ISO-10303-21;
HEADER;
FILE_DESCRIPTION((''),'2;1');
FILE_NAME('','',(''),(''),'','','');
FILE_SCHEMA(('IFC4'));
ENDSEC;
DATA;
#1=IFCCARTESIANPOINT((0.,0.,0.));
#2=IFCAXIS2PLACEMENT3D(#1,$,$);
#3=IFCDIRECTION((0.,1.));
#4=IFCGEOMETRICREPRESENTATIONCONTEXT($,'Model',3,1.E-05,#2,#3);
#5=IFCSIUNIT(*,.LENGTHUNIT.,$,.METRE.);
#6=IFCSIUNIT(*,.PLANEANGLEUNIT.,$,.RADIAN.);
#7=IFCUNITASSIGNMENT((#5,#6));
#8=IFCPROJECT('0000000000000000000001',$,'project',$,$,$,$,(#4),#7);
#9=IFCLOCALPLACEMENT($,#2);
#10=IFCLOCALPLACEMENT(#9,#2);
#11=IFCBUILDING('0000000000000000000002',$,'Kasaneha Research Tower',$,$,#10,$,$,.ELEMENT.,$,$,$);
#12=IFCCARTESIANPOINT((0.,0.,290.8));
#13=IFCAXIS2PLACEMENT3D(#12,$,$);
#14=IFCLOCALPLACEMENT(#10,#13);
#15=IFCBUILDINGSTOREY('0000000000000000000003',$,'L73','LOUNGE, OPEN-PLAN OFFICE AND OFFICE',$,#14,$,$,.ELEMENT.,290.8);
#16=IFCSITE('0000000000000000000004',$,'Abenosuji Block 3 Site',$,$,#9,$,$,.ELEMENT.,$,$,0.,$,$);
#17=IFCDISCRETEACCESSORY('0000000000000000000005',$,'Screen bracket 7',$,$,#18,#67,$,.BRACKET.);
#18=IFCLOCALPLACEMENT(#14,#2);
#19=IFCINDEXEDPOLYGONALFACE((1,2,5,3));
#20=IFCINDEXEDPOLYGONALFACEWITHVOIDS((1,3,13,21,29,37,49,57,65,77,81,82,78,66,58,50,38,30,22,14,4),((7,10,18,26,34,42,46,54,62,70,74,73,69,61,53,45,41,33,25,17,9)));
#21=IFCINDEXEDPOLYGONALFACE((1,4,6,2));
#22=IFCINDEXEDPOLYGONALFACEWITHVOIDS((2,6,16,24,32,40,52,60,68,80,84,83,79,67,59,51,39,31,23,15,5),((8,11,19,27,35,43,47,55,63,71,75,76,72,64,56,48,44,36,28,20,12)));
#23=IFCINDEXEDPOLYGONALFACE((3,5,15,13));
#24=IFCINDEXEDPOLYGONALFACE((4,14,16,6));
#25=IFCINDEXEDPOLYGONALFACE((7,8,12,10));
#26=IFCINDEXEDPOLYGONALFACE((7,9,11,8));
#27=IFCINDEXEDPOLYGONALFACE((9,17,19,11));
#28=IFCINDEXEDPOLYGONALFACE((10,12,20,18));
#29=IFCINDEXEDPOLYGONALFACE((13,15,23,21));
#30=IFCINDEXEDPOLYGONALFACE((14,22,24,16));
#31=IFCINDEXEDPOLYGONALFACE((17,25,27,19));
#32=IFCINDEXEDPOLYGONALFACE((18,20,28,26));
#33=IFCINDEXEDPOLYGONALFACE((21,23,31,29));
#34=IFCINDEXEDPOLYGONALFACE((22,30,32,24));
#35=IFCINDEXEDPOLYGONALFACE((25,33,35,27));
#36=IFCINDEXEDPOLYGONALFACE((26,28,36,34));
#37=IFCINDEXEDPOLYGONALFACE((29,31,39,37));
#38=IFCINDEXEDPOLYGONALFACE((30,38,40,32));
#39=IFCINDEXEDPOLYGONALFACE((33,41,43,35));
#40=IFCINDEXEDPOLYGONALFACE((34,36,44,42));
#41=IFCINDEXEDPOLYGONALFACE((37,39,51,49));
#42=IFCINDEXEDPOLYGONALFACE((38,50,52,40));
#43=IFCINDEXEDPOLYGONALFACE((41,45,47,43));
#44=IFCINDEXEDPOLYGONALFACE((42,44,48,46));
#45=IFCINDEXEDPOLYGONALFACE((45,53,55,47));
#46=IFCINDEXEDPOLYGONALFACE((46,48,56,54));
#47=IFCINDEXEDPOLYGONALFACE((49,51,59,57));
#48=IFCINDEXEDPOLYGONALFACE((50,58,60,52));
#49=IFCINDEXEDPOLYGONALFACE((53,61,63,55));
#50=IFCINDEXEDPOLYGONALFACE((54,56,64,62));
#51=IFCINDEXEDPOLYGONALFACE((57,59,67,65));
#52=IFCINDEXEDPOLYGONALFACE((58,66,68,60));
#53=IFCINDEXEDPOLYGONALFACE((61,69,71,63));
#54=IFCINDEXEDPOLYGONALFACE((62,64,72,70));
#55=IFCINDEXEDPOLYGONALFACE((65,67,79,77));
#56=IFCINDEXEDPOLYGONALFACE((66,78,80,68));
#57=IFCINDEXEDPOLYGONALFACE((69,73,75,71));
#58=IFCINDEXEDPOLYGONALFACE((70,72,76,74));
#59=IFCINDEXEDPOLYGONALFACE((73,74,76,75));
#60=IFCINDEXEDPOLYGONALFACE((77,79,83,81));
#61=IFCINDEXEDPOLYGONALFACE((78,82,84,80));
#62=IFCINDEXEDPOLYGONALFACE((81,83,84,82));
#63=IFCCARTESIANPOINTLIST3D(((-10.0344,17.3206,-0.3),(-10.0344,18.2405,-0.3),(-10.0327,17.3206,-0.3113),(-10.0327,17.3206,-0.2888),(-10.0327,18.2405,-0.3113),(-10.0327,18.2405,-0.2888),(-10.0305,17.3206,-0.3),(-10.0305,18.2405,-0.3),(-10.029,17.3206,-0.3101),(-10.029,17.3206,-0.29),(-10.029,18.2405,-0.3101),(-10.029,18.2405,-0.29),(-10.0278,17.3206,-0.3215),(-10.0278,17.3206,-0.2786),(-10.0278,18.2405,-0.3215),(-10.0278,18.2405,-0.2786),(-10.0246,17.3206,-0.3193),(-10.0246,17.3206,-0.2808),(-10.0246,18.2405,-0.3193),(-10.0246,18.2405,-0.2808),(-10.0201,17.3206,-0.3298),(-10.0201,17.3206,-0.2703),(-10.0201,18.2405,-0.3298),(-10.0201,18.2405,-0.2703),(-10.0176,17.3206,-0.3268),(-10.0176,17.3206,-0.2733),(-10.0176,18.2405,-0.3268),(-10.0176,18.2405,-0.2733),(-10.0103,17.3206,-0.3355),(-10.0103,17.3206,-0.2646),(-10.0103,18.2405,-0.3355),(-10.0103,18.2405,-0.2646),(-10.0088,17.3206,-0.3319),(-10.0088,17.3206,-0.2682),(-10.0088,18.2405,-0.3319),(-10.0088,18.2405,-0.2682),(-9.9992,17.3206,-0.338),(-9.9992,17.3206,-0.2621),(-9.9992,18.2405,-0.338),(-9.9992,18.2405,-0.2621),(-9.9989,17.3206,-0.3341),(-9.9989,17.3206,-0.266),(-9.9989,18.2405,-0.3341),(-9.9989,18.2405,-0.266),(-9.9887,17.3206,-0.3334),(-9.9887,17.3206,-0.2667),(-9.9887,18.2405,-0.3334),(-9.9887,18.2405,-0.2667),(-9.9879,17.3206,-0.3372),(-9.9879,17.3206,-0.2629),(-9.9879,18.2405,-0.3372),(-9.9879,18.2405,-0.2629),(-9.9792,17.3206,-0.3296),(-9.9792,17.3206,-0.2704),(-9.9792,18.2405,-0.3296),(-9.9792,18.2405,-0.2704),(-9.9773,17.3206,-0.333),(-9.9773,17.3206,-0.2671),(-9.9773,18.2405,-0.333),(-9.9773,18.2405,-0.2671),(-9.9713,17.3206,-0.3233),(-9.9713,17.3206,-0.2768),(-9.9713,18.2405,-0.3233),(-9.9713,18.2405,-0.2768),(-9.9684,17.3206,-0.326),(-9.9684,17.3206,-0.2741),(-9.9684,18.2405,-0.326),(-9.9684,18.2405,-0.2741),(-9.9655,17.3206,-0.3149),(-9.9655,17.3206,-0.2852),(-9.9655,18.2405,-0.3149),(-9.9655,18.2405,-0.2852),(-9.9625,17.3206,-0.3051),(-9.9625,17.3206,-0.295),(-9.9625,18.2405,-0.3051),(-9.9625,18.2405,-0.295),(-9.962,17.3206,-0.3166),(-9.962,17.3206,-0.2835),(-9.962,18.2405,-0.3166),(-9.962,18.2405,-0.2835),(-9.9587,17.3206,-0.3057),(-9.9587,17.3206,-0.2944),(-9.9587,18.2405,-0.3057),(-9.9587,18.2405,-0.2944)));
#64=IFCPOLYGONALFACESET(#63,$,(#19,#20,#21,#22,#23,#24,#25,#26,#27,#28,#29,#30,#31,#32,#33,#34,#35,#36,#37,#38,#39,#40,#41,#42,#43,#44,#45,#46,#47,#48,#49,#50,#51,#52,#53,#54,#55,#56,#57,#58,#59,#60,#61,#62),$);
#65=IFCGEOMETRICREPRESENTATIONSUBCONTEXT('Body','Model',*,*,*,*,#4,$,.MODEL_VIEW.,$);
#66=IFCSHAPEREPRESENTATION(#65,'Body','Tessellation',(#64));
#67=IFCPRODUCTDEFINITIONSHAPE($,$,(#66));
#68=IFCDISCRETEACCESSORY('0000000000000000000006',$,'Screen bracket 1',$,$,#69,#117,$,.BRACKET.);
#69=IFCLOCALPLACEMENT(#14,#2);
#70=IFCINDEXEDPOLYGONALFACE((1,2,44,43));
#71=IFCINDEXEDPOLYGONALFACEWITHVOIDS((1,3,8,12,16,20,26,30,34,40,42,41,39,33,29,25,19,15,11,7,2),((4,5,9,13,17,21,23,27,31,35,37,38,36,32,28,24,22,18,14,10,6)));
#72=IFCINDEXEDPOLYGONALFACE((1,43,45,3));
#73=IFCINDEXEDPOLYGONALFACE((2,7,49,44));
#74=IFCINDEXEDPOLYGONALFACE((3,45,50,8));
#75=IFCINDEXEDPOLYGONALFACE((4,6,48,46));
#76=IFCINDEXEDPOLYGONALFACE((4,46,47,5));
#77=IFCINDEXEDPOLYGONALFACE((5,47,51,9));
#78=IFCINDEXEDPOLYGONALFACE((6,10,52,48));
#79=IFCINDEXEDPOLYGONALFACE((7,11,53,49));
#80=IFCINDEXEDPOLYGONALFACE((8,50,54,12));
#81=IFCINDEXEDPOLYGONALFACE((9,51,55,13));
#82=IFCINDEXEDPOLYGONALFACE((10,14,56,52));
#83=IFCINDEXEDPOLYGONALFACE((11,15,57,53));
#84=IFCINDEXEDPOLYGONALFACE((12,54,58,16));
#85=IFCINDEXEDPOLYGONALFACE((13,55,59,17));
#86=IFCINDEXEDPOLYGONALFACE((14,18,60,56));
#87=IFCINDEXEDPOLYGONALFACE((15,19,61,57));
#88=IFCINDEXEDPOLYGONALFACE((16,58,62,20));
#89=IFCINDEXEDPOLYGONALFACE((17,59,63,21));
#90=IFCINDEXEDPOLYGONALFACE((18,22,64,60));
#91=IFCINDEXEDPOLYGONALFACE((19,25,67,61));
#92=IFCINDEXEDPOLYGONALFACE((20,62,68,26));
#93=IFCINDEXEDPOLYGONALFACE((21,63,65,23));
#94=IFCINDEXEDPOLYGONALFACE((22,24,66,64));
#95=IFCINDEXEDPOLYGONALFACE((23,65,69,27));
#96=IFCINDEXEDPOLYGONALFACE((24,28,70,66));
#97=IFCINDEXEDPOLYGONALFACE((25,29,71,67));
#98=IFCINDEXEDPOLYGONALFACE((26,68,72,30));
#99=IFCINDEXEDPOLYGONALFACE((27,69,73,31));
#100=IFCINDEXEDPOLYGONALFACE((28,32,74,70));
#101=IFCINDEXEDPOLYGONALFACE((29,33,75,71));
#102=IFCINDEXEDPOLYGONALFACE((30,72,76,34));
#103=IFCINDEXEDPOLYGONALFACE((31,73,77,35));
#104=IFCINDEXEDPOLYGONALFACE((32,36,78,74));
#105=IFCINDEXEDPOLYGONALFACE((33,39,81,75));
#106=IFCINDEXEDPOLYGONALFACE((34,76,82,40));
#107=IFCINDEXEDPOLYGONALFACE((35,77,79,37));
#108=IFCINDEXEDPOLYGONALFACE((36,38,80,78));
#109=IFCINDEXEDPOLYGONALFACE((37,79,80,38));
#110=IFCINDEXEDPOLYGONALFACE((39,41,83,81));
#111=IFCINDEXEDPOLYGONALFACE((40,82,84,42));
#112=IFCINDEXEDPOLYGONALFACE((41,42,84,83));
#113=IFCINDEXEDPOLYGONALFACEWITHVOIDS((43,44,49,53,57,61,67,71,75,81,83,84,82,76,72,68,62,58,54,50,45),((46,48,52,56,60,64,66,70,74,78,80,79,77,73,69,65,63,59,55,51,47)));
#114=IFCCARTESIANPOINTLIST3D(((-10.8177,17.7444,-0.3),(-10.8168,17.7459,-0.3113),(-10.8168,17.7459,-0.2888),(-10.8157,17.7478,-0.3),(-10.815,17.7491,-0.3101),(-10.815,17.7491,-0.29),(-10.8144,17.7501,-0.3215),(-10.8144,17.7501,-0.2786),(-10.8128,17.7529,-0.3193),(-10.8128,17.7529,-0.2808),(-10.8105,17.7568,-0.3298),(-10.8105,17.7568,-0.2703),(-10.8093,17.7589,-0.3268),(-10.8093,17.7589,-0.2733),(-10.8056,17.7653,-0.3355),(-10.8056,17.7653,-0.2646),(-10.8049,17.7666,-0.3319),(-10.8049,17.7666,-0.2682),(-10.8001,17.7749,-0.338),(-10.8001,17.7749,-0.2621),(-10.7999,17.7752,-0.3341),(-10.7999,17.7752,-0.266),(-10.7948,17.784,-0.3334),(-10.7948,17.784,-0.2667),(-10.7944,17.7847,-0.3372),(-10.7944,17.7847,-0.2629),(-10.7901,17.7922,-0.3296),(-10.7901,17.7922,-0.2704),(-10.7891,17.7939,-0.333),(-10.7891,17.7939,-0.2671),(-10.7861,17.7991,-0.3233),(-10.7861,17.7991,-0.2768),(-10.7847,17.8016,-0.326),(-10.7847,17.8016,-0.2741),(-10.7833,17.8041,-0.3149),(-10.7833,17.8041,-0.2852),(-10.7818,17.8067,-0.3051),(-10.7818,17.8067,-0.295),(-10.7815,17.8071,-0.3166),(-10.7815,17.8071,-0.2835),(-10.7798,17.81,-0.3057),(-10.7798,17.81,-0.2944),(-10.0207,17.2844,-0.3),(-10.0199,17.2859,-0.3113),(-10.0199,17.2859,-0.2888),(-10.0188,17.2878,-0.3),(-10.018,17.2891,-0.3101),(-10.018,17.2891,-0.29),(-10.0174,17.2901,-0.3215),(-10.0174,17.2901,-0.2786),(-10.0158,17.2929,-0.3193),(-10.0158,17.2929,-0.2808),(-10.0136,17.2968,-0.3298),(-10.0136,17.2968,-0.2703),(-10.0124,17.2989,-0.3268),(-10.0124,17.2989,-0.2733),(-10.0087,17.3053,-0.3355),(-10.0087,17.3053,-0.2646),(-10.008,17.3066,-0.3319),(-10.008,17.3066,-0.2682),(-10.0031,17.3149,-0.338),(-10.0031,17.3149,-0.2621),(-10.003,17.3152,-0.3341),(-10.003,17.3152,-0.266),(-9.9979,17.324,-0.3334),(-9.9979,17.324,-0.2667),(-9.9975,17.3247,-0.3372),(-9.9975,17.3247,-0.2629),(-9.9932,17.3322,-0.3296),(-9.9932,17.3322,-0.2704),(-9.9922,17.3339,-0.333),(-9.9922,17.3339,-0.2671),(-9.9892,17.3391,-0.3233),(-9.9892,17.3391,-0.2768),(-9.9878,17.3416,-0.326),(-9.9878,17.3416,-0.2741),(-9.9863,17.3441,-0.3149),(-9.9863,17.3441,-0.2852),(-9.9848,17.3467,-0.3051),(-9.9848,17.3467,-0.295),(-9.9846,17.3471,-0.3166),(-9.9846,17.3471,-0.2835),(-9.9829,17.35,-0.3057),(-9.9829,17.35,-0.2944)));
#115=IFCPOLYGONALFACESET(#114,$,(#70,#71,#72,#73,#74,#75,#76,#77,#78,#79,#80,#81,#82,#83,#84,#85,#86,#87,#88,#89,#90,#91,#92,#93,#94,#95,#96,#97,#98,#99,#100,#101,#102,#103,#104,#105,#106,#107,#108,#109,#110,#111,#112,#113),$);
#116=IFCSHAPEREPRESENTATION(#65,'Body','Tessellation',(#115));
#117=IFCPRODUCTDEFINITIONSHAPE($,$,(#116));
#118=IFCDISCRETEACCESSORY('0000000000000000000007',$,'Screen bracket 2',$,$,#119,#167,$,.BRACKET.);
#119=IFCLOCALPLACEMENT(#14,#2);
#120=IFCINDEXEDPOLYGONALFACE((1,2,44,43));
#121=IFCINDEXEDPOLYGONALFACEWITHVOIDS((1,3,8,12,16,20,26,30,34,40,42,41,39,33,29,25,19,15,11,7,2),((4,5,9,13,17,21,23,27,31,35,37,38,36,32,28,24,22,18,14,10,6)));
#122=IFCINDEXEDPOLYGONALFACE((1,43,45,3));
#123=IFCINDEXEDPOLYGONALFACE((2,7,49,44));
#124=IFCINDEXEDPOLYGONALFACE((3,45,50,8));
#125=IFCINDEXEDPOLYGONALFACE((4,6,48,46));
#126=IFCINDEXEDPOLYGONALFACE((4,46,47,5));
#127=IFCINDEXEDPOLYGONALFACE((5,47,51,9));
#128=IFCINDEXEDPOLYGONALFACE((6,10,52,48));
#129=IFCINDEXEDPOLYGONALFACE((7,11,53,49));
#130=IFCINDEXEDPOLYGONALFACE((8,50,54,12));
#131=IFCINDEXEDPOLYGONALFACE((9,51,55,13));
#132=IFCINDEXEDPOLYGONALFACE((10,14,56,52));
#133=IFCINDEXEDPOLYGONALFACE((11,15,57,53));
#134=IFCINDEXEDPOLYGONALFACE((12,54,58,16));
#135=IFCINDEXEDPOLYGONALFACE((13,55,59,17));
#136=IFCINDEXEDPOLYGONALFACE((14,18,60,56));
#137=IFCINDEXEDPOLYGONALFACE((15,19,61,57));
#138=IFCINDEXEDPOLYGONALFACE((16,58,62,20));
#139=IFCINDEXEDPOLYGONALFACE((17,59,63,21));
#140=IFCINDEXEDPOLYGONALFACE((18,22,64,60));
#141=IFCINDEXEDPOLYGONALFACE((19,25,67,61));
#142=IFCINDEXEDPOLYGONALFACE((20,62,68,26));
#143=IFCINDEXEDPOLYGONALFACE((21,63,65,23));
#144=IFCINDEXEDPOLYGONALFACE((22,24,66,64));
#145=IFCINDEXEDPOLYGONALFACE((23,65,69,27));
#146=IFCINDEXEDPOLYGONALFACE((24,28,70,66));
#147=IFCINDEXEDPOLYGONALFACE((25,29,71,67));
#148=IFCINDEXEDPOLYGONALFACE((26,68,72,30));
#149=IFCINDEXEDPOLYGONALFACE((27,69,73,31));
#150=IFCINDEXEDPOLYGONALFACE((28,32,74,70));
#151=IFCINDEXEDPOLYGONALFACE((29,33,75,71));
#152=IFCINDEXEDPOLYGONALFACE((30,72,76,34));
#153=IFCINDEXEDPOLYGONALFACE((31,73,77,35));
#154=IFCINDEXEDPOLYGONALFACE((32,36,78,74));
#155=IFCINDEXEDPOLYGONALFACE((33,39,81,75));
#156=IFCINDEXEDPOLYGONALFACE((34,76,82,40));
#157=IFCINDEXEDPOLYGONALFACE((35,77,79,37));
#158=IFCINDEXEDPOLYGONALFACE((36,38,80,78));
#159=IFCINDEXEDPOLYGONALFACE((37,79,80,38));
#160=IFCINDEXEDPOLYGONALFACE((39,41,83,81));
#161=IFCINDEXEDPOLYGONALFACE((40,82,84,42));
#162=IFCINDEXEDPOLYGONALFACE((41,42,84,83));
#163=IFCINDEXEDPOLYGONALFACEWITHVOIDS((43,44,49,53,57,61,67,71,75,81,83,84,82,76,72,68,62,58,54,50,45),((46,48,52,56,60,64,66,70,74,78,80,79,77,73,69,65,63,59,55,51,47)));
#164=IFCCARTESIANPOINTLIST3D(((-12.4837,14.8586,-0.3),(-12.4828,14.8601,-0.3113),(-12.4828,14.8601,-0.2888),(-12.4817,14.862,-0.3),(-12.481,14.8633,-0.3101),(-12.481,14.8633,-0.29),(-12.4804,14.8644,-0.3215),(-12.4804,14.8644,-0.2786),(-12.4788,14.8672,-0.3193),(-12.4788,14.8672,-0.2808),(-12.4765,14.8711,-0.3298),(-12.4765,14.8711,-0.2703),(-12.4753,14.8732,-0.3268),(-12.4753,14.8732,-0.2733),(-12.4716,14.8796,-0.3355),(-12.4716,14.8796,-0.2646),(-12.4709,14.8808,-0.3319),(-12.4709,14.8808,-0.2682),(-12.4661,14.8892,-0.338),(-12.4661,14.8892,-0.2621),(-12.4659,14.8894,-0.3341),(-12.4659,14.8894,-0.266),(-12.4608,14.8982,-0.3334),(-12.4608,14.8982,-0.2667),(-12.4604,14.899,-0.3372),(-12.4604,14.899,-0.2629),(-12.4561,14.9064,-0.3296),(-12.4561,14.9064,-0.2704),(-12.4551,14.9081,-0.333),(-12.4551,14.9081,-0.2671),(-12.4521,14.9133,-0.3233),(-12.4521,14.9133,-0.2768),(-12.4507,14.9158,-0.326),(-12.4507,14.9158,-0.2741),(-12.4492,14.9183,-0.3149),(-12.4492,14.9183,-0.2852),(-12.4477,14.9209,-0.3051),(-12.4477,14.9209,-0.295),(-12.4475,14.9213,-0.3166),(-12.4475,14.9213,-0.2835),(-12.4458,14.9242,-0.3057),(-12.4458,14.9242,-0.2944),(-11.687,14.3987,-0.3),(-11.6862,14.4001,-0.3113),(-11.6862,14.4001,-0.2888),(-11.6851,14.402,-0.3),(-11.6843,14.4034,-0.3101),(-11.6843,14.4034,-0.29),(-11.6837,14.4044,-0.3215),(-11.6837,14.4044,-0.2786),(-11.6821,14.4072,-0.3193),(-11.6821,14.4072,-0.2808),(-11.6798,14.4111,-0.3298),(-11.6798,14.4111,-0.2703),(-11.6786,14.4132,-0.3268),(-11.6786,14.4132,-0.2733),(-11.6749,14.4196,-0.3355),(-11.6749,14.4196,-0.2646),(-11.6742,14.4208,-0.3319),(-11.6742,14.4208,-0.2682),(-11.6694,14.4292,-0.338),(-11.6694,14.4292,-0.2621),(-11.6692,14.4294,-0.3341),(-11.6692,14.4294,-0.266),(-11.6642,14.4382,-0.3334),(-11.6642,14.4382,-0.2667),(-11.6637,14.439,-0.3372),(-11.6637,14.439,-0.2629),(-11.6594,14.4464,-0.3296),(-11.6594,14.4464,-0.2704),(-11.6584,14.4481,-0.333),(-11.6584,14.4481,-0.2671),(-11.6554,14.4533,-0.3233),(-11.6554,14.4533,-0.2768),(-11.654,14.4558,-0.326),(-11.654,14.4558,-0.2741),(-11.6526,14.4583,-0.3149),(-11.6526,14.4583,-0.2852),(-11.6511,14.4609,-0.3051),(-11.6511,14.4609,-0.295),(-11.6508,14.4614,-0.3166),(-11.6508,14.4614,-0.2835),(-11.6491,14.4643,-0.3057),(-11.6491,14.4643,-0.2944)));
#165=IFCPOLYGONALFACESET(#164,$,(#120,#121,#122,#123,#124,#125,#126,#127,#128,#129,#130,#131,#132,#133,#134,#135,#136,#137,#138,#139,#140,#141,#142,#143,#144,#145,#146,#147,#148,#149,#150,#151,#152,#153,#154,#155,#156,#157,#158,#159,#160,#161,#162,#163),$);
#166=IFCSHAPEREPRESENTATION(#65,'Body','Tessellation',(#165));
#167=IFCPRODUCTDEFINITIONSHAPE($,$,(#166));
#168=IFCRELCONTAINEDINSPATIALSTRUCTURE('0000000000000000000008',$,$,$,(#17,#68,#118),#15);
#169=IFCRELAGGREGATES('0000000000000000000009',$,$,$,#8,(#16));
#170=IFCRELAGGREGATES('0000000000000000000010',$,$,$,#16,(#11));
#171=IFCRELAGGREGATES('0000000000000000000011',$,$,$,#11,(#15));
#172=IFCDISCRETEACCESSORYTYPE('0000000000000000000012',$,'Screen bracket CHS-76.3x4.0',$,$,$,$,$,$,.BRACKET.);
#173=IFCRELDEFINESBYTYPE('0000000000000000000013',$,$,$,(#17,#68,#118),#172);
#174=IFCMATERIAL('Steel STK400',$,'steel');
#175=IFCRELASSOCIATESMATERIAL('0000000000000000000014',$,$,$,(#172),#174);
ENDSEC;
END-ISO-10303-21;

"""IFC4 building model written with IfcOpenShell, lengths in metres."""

from ifc_helpers import new_model, si_unit, direction, frame, origin, origin_2d, place, context, subcontext, project, spatial, hollow_circle, extrude, material, material_profile, profile_set, type_object, element, save


model = new_model("IFC4")

# Units and contexts
model_context = context("Model", 3, precision=1e-05, world=origin(), true_north=direction((0.0, 1.0)))
body_context = subcontext(model_context, "Body", "Model", "MODEL_VIEW")
ifc_project = project(units=[si_unit("LENGTHUNIT", "METRE"), si_unit("PLANEANGLEUNIT", "RADIAN")], contexts=[model_context])

# Site, building, storey
site_placement = place(None, origin())
site = spatial("IfcSite", under=ifc_project, at=site_placement, Name="Abenosuji Block 3 Site", CompositionType="ELEMENT", RefElevation=0.0)
building_placement = place(site_placement, origin())
building = spatial("IfcBuilding", under=site, at=building_placement, Name="Kasaneha Research Tower", CompositionType="ELEMENT")
storey_placement = place(building_placement, frame((0.0, 0.0, 290.8)))
storey = spatial("IfcBuildingStorey", under=building, at=storey_placement, Name="L73", Description="LOUNGE, OPEN-PLAN OFFICE AND OFFICE", CompositionType="ELEMENT", Elevation=290.8)

# Discrete accessories
ifc_material_1 = material(Name="Steel STK400", Category="steel")
ifc_material_profile_1 = material_profile(ifc_material_1, hollow_circle(Radius=0.0381, WallThickness=0.0039, at=origin_2d()), Name="CHS-76.3x4.0")
ifc_profile_set_1 = profile_set([ifc_material_profile_1], Name="Steel STK400")
discrete_accessory_type = type_object("IfcDiscreteAccessoryType", Name="Screen bracket CHS-76.3x4.0", PredefinedType="BRACKET", material=ifc_profile_set_1)
discrete_accessory_1_placement = place(storey_placement, frame((-9.9963, 17.3206, -0.3), z_axis=(0.0, 1.0, 0.0), x_axis=(-1.0, 0.0, 0.0)))
element("IfcDiscreteAccessory", 1, at=discrete_accessory_1_placement, inside=storey, type_object=discrete_accessory_type, Name="Screen bracket 7", PredefinedType="BRACKET", context=body_context, shape_type="SweptSolid", body=[
    extrude(hollow_circle(Radius=0.0381, WallThickness=0.0039, at=origin_2d()), origin(), (0.0, 0.0, 1.0), 0.9199),
])
discrete_accessory_2_placement = place(storey_placement, frame((-10.0017, 17.3174, -0.3), z_axis=(-0.86608, 0.499906, 0.0), x_axis=(-0.499906, -0.86608, 0.0)))
element("IfcDiscreteAccessory", 2, at=discrete_accessory_2_placement, inside=storey, type_object=discrete_accessory_type, Name="Screen bracket 1", PredefinedType="BRACKET", context=body_context, shape_type="SweptSolid", body=[
    extrude(hollow_circle(Radius=0.0381, WallThickness=0.0039, at=origin_2d()), origin(), (0.0, 0.0, 1.0), 0.9202),
])
for number, where, z_axis, x_axis, name in (
    (3, (-11.668, 14.4316, -0.3), (-0.866013, 0.500021, 0.0), (-0.500021, -0.866013, 0.0), "Screen bracket 2"),
):
    element("IfcDiscreteAccessory", number, at=place(storey_placement, frame(where, z_axis=z_axis, x_axis=x_axis)), inside=storey, type_object=discrete_accessory_type, Name=name, PredefinedType="BRACKET", context=body_context, shape_type="SweptSolid", body=[
        extrude(hollow_circle(Radius=0.0381, WallThickness=0.0039, at=origin_2d()), origin(), (0.0, 0.0, 1.0), 0.9199),
    ])

save(model, "model.ifc")
